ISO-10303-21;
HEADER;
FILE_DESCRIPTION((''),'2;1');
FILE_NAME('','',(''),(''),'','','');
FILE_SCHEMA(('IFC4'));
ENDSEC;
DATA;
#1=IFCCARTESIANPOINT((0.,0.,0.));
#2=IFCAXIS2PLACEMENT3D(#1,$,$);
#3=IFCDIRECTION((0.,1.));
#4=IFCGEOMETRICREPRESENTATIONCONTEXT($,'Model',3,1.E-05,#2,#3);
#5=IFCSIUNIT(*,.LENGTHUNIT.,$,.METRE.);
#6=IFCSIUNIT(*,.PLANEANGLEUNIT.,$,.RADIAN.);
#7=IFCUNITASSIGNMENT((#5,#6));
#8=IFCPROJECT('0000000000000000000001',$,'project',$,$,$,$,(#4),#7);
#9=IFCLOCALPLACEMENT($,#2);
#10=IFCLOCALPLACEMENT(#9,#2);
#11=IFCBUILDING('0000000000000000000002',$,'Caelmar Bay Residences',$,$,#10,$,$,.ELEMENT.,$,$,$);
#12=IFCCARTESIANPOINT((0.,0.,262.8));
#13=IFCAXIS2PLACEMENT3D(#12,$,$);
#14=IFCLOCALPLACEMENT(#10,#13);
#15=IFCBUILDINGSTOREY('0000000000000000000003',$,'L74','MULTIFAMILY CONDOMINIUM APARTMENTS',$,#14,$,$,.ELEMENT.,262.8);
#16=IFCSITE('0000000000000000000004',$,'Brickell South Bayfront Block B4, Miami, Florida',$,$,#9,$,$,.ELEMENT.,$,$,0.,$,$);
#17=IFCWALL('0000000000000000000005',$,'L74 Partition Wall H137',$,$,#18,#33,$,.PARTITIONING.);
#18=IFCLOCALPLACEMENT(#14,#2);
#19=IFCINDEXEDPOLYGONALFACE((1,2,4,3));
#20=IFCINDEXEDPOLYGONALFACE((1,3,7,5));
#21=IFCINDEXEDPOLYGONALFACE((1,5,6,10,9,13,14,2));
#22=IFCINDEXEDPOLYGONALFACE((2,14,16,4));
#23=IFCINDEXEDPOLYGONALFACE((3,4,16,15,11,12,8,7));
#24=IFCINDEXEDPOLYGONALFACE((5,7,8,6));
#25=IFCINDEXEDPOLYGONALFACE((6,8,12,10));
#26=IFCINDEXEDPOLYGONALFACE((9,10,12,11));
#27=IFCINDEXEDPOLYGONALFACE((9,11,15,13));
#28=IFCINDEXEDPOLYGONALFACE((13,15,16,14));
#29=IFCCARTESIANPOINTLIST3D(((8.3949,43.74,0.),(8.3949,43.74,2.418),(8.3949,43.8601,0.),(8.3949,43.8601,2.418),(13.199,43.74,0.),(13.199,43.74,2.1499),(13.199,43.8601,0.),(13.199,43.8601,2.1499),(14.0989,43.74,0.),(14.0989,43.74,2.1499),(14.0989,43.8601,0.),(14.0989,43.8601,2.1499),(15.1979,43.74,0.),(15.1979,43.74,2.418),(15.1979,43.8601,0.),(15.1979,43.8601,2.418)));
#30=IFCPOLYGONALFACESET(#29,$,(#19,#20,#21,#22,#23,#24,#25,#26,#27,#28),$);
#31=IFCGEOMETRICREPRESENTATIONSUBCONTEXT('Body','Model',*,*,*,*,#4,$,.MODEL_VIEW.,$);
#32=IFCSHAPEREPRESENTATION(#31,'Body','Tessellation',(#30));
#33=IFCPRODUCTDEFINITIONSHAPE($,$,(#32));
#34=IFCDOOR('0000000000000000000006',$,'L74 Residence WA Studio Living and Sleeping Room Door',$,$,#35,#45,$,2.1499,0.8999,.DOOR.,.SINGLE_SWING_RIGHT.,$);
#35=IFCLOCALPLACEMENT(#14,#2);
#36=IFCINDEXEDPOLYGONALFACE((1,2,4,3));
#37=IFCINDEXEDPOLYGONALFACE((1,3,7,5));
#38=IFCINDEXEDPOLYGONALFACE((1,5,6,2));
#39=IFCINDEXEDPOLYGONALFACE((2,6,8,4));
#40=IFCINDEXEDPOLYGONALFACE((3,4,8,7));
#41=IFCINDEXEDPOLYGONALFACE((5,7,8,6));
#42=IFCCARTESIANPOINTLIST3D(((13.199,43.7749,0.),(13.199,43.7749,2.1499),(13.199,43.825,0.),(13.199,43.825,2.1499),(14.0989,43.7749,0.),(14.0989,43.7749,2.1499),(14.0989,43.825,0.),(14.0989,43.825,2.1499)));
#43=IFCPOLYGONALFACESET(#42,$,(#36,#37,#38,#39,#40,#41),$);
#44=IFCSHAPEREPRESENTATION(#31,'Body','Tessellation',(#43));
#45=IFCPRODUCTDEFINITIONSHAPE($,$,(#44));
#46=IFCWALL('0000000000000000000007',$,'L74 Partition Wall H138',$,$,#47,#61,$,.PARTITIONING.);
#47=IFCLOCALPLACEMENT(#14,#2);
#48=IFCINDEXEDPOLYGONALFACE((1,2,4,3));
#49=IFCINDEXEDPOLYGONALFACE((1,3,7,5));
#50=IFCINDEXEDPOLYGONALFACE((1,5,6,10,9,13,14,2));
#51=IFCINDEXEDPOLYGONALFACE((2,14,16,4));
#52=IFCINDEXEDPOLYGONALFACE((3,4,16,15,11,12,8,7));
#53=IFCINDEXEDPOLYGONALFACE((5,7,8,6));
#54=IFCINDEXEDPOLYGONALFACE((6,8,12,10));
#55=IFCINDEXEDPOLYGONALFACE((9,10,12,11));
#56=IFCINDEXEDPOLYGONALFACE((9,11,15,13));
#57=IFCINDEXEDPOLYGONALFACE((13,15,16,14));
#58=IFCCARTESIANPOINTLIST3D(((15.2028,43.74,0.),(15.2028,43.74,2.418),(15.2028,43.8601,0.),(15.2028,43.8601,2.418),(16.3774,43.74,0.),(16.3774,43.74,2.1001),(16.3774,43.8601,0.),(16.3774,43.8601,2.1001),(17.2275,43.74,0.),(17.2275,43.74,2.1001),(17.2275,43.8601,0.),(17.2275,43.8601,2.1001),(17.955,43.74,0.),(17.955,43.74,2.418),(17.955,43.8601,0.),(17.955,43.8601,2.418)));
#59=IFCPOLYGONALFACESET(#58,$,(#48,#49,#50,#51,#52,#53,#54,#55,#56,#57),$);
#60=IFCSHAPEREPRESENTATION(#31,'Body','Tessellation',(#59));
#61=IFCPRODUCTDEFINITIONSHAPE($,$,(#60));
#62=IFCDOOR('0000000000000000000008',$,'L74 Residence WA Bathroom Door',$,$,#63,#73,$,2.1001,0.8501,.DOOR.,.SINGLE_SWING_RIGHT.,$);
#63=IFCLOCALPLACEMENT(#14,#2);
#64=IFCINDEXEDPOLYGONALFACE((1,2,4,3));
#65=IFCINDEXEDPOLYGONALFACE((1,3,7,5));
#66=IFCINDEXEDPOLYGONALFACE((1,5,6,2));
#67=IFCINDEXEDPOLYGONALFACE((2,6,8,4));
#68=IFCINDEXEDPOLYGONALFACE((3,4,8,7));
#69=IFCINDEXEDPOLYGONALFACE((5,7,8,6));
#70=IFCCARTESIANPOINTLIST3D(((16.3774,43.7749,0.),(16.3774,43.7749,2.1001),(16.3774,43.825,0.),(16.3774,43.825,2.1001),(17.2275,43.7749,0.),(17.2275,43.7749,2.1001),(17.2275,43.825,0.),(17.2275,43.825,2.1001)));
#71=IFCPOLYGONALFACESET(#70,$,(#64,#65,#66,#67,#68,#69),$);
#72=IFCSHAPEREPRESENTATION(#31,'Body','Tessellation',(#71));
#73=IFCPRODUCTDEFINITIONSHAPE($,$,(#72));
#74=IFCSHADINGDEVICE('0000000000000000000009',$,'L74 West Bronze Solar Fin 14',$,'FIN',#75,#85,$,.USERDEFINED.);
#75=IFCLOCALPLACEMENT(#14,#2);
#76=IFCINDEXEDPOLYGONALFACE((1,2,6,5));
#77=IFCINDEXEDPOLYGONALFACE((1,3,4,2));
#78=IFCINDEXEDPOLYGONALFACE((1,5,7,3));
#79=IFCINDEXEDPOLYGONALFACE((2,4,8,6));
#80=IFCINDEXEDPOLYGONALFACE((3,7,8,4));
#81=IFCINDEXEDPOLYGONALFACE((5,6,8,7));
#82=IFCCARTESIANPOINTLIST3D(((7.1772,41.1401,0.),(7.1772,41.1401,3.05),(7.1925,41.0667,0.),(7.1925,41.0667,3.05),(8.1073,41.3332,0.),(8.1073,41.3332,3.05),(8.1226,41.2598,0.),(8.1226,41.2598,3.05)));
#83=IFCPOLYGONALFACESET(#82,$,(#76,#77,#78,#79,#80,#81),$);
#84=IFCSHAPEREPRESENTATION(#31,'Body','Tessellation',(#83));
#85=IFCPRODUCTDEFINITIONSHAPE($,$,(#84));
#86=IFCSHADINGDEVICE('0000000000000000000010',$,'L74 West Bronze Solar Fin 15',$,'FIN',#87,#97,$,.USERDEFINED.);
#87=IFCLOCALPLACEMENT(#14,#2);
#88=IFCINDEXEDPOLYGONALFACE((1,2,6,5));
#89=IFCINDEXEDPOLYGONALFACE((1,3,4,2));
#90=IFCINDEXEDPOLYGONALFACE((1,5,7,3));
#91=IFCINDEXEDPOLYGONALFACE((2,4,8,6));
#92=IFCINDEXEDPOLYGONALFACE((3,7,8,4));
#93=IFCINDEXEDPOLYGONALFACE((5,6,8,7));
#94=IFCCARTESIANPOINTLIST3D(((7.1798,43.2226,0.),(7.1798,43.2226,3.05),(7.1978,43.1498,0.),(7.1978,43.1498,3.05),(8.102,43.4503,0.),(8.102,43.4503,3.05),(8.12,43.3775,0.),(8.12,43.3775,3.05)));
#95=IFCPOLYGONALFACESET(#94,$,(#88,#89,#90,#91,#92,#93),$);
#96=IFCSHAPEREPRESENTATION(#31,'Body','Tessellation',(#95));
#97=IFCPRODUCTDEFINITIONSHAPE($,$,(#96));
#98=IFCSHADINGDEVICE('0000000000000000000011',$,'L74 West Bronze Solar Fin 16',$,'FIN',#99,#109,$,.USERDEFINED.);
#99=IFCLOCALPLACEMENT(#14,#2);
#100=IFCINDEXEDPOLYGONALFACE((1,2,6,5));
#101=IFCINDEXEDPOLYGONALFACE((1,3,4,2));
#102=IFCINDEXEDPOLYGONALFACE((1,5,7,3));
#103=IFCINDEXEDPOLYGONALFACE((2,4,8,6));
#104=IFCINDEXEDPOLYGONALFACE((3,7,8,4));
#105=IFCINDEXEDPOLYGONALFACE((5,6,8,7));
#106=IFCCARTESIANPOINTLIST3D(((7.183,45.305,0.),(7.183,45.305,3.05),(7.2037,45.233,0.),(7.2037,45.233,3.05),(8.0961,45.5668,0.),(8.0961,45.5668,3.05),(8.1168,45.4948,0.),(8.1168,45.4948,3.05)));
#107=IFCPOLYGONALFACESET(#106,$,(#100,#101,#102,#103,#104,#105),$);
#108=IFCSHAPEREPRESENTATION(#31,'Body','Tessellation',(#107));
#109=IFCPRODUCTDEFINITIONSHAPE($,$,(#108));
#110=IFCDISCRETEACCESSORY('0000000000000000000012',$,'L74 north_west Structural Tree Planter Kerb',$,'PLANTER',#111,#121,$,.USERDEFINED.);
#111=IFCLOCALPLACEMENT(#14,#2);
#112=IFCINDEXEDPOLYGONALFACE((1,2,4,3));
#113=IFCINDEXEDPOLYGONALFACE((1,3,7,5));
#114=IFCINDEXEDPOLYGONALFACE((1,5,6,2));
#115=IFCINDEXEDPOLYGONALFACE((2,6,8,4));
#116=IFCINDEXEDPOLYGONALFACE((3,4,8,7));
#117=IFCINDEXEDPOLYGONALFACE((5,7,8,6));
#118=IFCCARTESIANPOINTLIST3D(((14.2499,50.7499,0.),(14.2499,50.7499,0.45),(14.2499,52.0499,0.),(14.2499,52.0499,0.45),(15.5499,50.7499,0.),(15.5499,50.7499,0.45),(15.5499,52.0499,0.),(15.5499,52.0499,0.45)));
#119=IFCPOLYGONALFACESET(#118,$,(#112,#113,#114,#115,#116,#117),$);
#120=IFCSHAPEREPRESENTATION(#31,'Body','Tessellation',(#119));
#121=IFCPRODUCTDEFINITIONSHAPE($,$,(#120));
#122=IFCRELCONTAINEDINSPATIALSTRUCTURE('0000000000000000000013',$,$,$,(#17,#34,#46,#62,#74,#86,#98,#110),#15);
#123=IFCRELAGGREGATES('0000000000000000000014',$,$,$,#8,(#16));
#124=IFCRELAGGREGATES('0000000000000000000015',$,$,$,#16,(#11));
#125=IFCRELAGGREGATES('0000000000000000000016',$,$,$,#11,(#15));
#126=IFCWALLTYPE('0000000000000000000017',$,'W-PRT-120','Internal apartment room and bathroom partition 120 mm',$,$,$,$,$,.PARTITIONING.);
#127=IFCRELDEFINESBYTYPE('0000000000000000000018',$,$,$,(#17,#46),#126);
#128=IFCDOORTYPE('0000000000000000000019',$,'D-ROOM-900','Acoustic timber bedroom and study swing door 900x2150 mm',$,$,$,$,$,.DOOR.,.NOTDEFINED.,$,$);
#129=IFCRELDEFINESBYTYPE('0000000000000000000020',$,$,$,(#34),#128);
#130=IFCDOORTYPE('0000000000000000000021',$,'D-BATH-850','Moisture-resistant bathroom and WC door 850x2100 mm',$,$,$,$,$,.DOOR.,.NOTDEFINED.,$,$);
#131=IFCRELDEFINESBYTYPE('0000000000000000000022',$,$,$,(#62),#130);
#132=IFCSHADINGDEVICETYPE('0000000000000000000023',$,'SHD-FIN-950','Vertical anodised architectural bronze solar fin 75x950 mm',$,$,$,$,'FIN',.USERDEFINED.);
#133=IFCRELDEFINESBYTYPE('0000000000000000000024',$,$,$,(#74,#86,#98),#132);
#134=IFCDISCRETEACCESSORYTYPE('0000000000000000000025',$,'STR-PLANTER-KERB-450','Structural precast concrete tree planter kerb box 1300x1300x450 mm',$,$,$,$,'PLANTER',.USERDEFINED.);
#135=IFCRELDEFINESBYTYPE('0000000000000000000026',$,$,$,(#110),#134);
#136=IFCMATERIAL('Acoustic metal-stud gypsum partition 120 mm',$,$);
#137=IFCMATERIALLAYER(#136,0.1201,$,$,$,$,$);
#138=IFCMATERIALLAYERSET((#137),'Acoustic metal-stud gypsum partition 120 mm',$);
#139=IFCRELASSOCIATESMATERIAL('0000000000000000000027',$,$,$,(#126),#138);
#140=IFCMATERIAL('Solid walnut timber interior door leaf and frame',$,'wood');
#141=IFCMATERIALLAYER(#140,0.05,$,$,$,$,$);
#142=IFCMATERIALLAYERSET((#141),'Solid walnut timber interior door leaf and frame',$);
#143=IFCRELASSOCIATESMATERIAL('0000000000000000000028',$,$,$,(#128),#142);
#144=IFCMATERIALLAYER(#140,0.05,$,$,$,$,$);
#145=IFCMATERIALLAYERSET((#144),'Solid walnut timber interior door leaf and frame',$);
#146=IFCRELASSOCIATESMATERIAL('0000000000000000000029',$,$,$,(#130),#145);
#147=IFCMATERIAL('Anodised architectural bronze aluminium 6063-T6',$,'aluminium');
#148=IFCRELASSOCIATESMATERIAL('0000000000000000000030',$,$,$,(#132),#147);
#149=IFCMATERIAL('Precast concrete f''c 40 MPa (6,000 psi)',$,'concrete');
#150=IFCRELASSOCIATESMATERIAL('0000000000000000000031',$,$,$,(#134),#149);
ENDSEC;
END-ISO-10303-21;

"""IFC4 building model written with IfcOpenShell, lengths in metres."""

from ifc_helpers import new_model, si_unit, direction, frame, frame_2d, origin, origin_2d, place, context, subcontext, project, spatial, rectangle, extrude, material, layer, layer_set, material_profile, profile_set, type_object, element, fill, save


model = new_model("IFC4")

# Units and contexts
model_context = context("Model", 3, precision=1e-05, world=origin(), true_north=direction((0.0, 1.0)))
body_context = subcontext(model_context, "Body", "Model", "MODEL_VIEW")
ifc_project = project(units=[si_unit("LENGTHUNIT", "METRE"), si_unit("PLANEANGLEUNIT", "RADIAN")], contexts=[model_context])

# Site, building, storey
site_placement = place(None, origin())
site = spatial("IfcSite", under=ifc_project, at=site_placement, Name="Brickell South Bayfront Block B4, Miami, Florida", CompositionType="ELEMENT", RefElevation=0.0)
building_placement = place(site_placement, origin())
building = spatial("IfcBuilding", under=site, at=building_placement, Name="Caelmar Bay Residences", CompositionType="ELEMENT")
storey_placement = place(building_placement, frame((0.0, 0.0, 262.8)))
storey = spatial("IfcBuildingStorey", under=building, at=storey_placement, Name="L74", Description="MULTIFAMILY CONDOMINIUM APARTMENTS", CompositionType="ELEMENT", Elevation=262.8)

# Shared definitions
ifc_material_1 = material(Name="Precast concrete f'c 40 MPa (6,000 psi)", Category="concrete")

# Shared definitions
ifc_material_2 = material(Name="Acoustic metal-stud gypsum partition 120 mm")
ifc_layer_1 = layer(ifc_material_2, 0.1201)
ifc_layer_set_1 = layer_set([ifc_layer_1], Name="Acoustic metal-stud gypsum partition 120 mm")
wall_type_1 = type_object("IfcWallType", Name="W-PRT-120", Description="Internal apartment room and bathroom partition 120 mm", PredefinedType="PARTITIONING", material=ifc_layer_set_1)

# Walls, openings, doors
wall_1_placement = place(storey_placement, frame((8.395, 43.8, 0.0), z_axis=(0.0, 0.0, 1.0), x_axis=(1.0, 0.0, 0.0)))
wall_1 = element("IfcWall", 1, at=wall_1_placement, inside=storey, type_object=wall_type_1, Name="L74 Partition Wall H137", PredefinedType="PARTITIONING", context=body_context, shape_type="SweptSolid", body=[
    extrude(rectangle(XDim=6.803, YDim=0.1201, at=frame_2d((3.4014, 0.0))), origin(), (0.0, 0.0, 1.0), 2.418),
])
opening_1_placement = place(wall_1_placement, frame((4.804, 0.0, 0.0)))
opening_1 = element("IfcOpeningElement", 2, at=opening_1_placement, cuts=wall_1, PredefinedType="OPENING", context=body_context, shape_type="SweptSolid", body=[
    extrude(rectangle(XDim=0.8999, YDim=2.1499, at=frame_2d((0.45, 1.075))), frame((0.0, 0.0701, 0.0), z_axis=(0.0, -1.0, 0.0), x_axis=(1.0, 0.0, 0.0)), (0.0, 0.0, 1.0), 0.1401),
])
ifc_material_3 = material(Name="Solid walnut timber interior door leaf and frame", Category="wood")
ifc_layer_2 = layer(ifc_material_3, 0.05)
ifc_layer_set_2 = layer_set([ifc_layer_2], Name="Solid walnut timber interior door leaf and frame")
door_type_1 = type_object("IfcDoorType", Name="D-ROOM-900", Description="Acoustic timber bedroom and study swing door 900x2150 mm", OperationType="NOTDEFINED", PredefinedType="DOOR", material=ifc_layer_set_2)
door_1_placement = place(opening_1_placement, origin())
door_1 = element("IfcDoor", 3, at=door_1_placement, inside=storey, type_object=door_type_1, Name="L74 Residence WA Studio Living and Sleeping Room Door", OperationType="SINGLE_SWING_RIGHT", OverallHeight=2.1499, OverallWidth=0.8999, PredefinedType="DOOR", context=body_context, shape_type="SweptSolid", body=[
    extrude(rectangle(XDim=0.8999, YDim=2.1499, at=frame_2d((0.45, 1.075))), frame((0.0, 0.0249, 0.0), z_axis=(0.0, -1.0, 0.0), x_axis=(1.0, 0.0, 0.0)), (0.0, 0.0, 1.0), 0.05),
])
fill(opening_1, door_1)
wall_2_placement = place(storey_placement, frame((15.2029, 43.8, 0.0), z_axis=(0.0, 0.0, 1.0), x_axis=(1.0, 0.0, 0.0)))
wall_2 = element("IfcWall", 4, at=wall_2_placement, inside=storey, type_object=wall_type_1, Name="L74 Partition Wall H138", PredefinedType="PARTITIONING", context=body_context, shape_type="SweptSolid", body=[
    extrude(rectangle(XDim=2.7522, YDim=0.1201, at=frame_2d((1.376, 0.0))), origin(), (0.0, 0.0, 1.0), 2.418),
])
opening_2_placement = place(wall_2_placement, frame((1.1746, 0.0, 0.0)))
opening_2 = element("IfcOpeningElement", 5, at=opening_2_placement, cuts=wall_2, PredefinedType="OPENING", context=body_context, shape_type="SweptSolid", body=[
    extrude(rectangle(XDim=0.8501, YDim=2.1001, at=frame_2d((0.425, 1.05))), frame((0.0, 0.0701, 0.0), z_axis=(0.0, -1.0, 0.0), x_axis=(1.0, 0.0, 0.0)), (0.0, 0.0, 1.0), 0.1401),
])
ifc_layer_3 = layer(ifc_material_3, 0.05)
ifc_layer_set_3 = layer_set([ifc_layer_3], Name="Solid walnut timber interior door leaf and frame")
door_type_2 = type_object("IfcDoorType", Name="D-BATH-850", Description="Moisture-resistant bathroom and WC door 850x2100 mm", OperationType="NOTDEFINED", PredefinedType="DOOR", material=ifc_layer_set_3)
door_2_placement = place(opening_2_placement, origin())
door_2 = element("IfcDoor", 6, at=door_2_placement, inside=storey, type_object=door_type_2, Name="L74 Residence WA Bathroom Door", OperationType="SINGLE_SWING_RIGHT", OverallHeight=2.1001, OverallWidth=0.8501, PredefinedType="DOOR", context=body_context, shape_type="SweptSolid", body=[
    extrude(rectangle(XDim=0.8501, YDim=2.1001, at=frame_2d((0.425, 1.05))), frame((0.0, 0.0249, 0.0), z_axis=(0.0, -1.0, 0.0), x_axis=(1.0, 0.0, 0.0)), (0.0, 0.0, 1.0), 0.05),
])
fill(opening_2, door_2)

# Shading devices
ifc_material_4 = material(Name="Anodised architectural bronze aluminium 6063-T6", Category="aluminium")
ifc_material_profile_1 = material_profile(ifc_material_4, rectangle(XDim=0.075, YDim=0.95, at=origin_2d()), Name="BRONZE-FIN-75X950")
ifc_profile_set_1 = profile_set([ifc_material_profile_1], Name="Anodised architectural bronze aluminium 6063-T6")
shading_device_type = type_object("IfcShadingDeviceType", Name="SHD-FIN-950", Description="Vertical anodised architectural bronze solar fin 75x950 mm", ElementType="FIN", PredefinedType="USERDEFINED", material=ifc_profile_set_1)
for number, where, z_axis, x_axis, name in (
    (7, (7.6499, 41.2, 0.0), (0.0, 0.0, 1.0), (-0.2033, 0.979116, 0.0), "L74 West Bronze Solar Fin 14"),
    (8, (7.6499, 43.3, 0.0), (0.0, 0.0, 1.0), (-0.23972, 0.970842, 0.0), "L74 West Bronze Solar Fin 15"),
    (9, (7.6499, 45.3999, 0.0), (0.0, 0.0, 1.0), (-0.275637, 0.961262, 0.0), "L74 West Bronze Solar Fin 16"),
):
    element("IfcShadingDevice", number, at=place(storey_placement, frame(where, z_axis=z_axis, x_axis=x_axis)), inside=storey, type_object=shading_device_type, Name=name, ObjectType="FIN", PredefinedType="USERDEFINED", context=body_context, shape_type="SweptSolid", body=[
        extrude(rectangle(XDim=0.075, YDim=0.95, at=origin_2d()), origin(), (0.0, 0.0, 1.0), 3.05),
    ])

# Discrete accessory
discrete_accessory_type = type_object("IfcDiscreteAccessoryType", Name="STR-PLANTER-KERB-450", Description="Structural precast concrete tree planter kerb box 1300x1300x450 mm", ElementType="PLANTER", PredefinedType="USERDEFINED", material=ifc_material_1)
discrete_accessory_placement = place(storey_placement, frame((14.8999, 51.3999, 0.0), z_axis=(0.0, 0.0, 1.0), x_axis=(1.0, 0.0, 0.0)))
element("IfcDiscreteAccessory", 10, at=discrete_accessory_placement, inside=storey, type_object=discrete_accessory_type, Name="L74 north_west Structural Tree Planter Kerb", ObjectType="PLANTER", PredefinedType="USERDEFINED", context=body_context, shape_type="SweptSolid", body=[
    extrude(rectangle(XDim=1.3, YDim=1.3, at=origin_2d()), origin(), (0.0, 0.0, 1.0), 0.45),
])

save(model, "model.ifc")
